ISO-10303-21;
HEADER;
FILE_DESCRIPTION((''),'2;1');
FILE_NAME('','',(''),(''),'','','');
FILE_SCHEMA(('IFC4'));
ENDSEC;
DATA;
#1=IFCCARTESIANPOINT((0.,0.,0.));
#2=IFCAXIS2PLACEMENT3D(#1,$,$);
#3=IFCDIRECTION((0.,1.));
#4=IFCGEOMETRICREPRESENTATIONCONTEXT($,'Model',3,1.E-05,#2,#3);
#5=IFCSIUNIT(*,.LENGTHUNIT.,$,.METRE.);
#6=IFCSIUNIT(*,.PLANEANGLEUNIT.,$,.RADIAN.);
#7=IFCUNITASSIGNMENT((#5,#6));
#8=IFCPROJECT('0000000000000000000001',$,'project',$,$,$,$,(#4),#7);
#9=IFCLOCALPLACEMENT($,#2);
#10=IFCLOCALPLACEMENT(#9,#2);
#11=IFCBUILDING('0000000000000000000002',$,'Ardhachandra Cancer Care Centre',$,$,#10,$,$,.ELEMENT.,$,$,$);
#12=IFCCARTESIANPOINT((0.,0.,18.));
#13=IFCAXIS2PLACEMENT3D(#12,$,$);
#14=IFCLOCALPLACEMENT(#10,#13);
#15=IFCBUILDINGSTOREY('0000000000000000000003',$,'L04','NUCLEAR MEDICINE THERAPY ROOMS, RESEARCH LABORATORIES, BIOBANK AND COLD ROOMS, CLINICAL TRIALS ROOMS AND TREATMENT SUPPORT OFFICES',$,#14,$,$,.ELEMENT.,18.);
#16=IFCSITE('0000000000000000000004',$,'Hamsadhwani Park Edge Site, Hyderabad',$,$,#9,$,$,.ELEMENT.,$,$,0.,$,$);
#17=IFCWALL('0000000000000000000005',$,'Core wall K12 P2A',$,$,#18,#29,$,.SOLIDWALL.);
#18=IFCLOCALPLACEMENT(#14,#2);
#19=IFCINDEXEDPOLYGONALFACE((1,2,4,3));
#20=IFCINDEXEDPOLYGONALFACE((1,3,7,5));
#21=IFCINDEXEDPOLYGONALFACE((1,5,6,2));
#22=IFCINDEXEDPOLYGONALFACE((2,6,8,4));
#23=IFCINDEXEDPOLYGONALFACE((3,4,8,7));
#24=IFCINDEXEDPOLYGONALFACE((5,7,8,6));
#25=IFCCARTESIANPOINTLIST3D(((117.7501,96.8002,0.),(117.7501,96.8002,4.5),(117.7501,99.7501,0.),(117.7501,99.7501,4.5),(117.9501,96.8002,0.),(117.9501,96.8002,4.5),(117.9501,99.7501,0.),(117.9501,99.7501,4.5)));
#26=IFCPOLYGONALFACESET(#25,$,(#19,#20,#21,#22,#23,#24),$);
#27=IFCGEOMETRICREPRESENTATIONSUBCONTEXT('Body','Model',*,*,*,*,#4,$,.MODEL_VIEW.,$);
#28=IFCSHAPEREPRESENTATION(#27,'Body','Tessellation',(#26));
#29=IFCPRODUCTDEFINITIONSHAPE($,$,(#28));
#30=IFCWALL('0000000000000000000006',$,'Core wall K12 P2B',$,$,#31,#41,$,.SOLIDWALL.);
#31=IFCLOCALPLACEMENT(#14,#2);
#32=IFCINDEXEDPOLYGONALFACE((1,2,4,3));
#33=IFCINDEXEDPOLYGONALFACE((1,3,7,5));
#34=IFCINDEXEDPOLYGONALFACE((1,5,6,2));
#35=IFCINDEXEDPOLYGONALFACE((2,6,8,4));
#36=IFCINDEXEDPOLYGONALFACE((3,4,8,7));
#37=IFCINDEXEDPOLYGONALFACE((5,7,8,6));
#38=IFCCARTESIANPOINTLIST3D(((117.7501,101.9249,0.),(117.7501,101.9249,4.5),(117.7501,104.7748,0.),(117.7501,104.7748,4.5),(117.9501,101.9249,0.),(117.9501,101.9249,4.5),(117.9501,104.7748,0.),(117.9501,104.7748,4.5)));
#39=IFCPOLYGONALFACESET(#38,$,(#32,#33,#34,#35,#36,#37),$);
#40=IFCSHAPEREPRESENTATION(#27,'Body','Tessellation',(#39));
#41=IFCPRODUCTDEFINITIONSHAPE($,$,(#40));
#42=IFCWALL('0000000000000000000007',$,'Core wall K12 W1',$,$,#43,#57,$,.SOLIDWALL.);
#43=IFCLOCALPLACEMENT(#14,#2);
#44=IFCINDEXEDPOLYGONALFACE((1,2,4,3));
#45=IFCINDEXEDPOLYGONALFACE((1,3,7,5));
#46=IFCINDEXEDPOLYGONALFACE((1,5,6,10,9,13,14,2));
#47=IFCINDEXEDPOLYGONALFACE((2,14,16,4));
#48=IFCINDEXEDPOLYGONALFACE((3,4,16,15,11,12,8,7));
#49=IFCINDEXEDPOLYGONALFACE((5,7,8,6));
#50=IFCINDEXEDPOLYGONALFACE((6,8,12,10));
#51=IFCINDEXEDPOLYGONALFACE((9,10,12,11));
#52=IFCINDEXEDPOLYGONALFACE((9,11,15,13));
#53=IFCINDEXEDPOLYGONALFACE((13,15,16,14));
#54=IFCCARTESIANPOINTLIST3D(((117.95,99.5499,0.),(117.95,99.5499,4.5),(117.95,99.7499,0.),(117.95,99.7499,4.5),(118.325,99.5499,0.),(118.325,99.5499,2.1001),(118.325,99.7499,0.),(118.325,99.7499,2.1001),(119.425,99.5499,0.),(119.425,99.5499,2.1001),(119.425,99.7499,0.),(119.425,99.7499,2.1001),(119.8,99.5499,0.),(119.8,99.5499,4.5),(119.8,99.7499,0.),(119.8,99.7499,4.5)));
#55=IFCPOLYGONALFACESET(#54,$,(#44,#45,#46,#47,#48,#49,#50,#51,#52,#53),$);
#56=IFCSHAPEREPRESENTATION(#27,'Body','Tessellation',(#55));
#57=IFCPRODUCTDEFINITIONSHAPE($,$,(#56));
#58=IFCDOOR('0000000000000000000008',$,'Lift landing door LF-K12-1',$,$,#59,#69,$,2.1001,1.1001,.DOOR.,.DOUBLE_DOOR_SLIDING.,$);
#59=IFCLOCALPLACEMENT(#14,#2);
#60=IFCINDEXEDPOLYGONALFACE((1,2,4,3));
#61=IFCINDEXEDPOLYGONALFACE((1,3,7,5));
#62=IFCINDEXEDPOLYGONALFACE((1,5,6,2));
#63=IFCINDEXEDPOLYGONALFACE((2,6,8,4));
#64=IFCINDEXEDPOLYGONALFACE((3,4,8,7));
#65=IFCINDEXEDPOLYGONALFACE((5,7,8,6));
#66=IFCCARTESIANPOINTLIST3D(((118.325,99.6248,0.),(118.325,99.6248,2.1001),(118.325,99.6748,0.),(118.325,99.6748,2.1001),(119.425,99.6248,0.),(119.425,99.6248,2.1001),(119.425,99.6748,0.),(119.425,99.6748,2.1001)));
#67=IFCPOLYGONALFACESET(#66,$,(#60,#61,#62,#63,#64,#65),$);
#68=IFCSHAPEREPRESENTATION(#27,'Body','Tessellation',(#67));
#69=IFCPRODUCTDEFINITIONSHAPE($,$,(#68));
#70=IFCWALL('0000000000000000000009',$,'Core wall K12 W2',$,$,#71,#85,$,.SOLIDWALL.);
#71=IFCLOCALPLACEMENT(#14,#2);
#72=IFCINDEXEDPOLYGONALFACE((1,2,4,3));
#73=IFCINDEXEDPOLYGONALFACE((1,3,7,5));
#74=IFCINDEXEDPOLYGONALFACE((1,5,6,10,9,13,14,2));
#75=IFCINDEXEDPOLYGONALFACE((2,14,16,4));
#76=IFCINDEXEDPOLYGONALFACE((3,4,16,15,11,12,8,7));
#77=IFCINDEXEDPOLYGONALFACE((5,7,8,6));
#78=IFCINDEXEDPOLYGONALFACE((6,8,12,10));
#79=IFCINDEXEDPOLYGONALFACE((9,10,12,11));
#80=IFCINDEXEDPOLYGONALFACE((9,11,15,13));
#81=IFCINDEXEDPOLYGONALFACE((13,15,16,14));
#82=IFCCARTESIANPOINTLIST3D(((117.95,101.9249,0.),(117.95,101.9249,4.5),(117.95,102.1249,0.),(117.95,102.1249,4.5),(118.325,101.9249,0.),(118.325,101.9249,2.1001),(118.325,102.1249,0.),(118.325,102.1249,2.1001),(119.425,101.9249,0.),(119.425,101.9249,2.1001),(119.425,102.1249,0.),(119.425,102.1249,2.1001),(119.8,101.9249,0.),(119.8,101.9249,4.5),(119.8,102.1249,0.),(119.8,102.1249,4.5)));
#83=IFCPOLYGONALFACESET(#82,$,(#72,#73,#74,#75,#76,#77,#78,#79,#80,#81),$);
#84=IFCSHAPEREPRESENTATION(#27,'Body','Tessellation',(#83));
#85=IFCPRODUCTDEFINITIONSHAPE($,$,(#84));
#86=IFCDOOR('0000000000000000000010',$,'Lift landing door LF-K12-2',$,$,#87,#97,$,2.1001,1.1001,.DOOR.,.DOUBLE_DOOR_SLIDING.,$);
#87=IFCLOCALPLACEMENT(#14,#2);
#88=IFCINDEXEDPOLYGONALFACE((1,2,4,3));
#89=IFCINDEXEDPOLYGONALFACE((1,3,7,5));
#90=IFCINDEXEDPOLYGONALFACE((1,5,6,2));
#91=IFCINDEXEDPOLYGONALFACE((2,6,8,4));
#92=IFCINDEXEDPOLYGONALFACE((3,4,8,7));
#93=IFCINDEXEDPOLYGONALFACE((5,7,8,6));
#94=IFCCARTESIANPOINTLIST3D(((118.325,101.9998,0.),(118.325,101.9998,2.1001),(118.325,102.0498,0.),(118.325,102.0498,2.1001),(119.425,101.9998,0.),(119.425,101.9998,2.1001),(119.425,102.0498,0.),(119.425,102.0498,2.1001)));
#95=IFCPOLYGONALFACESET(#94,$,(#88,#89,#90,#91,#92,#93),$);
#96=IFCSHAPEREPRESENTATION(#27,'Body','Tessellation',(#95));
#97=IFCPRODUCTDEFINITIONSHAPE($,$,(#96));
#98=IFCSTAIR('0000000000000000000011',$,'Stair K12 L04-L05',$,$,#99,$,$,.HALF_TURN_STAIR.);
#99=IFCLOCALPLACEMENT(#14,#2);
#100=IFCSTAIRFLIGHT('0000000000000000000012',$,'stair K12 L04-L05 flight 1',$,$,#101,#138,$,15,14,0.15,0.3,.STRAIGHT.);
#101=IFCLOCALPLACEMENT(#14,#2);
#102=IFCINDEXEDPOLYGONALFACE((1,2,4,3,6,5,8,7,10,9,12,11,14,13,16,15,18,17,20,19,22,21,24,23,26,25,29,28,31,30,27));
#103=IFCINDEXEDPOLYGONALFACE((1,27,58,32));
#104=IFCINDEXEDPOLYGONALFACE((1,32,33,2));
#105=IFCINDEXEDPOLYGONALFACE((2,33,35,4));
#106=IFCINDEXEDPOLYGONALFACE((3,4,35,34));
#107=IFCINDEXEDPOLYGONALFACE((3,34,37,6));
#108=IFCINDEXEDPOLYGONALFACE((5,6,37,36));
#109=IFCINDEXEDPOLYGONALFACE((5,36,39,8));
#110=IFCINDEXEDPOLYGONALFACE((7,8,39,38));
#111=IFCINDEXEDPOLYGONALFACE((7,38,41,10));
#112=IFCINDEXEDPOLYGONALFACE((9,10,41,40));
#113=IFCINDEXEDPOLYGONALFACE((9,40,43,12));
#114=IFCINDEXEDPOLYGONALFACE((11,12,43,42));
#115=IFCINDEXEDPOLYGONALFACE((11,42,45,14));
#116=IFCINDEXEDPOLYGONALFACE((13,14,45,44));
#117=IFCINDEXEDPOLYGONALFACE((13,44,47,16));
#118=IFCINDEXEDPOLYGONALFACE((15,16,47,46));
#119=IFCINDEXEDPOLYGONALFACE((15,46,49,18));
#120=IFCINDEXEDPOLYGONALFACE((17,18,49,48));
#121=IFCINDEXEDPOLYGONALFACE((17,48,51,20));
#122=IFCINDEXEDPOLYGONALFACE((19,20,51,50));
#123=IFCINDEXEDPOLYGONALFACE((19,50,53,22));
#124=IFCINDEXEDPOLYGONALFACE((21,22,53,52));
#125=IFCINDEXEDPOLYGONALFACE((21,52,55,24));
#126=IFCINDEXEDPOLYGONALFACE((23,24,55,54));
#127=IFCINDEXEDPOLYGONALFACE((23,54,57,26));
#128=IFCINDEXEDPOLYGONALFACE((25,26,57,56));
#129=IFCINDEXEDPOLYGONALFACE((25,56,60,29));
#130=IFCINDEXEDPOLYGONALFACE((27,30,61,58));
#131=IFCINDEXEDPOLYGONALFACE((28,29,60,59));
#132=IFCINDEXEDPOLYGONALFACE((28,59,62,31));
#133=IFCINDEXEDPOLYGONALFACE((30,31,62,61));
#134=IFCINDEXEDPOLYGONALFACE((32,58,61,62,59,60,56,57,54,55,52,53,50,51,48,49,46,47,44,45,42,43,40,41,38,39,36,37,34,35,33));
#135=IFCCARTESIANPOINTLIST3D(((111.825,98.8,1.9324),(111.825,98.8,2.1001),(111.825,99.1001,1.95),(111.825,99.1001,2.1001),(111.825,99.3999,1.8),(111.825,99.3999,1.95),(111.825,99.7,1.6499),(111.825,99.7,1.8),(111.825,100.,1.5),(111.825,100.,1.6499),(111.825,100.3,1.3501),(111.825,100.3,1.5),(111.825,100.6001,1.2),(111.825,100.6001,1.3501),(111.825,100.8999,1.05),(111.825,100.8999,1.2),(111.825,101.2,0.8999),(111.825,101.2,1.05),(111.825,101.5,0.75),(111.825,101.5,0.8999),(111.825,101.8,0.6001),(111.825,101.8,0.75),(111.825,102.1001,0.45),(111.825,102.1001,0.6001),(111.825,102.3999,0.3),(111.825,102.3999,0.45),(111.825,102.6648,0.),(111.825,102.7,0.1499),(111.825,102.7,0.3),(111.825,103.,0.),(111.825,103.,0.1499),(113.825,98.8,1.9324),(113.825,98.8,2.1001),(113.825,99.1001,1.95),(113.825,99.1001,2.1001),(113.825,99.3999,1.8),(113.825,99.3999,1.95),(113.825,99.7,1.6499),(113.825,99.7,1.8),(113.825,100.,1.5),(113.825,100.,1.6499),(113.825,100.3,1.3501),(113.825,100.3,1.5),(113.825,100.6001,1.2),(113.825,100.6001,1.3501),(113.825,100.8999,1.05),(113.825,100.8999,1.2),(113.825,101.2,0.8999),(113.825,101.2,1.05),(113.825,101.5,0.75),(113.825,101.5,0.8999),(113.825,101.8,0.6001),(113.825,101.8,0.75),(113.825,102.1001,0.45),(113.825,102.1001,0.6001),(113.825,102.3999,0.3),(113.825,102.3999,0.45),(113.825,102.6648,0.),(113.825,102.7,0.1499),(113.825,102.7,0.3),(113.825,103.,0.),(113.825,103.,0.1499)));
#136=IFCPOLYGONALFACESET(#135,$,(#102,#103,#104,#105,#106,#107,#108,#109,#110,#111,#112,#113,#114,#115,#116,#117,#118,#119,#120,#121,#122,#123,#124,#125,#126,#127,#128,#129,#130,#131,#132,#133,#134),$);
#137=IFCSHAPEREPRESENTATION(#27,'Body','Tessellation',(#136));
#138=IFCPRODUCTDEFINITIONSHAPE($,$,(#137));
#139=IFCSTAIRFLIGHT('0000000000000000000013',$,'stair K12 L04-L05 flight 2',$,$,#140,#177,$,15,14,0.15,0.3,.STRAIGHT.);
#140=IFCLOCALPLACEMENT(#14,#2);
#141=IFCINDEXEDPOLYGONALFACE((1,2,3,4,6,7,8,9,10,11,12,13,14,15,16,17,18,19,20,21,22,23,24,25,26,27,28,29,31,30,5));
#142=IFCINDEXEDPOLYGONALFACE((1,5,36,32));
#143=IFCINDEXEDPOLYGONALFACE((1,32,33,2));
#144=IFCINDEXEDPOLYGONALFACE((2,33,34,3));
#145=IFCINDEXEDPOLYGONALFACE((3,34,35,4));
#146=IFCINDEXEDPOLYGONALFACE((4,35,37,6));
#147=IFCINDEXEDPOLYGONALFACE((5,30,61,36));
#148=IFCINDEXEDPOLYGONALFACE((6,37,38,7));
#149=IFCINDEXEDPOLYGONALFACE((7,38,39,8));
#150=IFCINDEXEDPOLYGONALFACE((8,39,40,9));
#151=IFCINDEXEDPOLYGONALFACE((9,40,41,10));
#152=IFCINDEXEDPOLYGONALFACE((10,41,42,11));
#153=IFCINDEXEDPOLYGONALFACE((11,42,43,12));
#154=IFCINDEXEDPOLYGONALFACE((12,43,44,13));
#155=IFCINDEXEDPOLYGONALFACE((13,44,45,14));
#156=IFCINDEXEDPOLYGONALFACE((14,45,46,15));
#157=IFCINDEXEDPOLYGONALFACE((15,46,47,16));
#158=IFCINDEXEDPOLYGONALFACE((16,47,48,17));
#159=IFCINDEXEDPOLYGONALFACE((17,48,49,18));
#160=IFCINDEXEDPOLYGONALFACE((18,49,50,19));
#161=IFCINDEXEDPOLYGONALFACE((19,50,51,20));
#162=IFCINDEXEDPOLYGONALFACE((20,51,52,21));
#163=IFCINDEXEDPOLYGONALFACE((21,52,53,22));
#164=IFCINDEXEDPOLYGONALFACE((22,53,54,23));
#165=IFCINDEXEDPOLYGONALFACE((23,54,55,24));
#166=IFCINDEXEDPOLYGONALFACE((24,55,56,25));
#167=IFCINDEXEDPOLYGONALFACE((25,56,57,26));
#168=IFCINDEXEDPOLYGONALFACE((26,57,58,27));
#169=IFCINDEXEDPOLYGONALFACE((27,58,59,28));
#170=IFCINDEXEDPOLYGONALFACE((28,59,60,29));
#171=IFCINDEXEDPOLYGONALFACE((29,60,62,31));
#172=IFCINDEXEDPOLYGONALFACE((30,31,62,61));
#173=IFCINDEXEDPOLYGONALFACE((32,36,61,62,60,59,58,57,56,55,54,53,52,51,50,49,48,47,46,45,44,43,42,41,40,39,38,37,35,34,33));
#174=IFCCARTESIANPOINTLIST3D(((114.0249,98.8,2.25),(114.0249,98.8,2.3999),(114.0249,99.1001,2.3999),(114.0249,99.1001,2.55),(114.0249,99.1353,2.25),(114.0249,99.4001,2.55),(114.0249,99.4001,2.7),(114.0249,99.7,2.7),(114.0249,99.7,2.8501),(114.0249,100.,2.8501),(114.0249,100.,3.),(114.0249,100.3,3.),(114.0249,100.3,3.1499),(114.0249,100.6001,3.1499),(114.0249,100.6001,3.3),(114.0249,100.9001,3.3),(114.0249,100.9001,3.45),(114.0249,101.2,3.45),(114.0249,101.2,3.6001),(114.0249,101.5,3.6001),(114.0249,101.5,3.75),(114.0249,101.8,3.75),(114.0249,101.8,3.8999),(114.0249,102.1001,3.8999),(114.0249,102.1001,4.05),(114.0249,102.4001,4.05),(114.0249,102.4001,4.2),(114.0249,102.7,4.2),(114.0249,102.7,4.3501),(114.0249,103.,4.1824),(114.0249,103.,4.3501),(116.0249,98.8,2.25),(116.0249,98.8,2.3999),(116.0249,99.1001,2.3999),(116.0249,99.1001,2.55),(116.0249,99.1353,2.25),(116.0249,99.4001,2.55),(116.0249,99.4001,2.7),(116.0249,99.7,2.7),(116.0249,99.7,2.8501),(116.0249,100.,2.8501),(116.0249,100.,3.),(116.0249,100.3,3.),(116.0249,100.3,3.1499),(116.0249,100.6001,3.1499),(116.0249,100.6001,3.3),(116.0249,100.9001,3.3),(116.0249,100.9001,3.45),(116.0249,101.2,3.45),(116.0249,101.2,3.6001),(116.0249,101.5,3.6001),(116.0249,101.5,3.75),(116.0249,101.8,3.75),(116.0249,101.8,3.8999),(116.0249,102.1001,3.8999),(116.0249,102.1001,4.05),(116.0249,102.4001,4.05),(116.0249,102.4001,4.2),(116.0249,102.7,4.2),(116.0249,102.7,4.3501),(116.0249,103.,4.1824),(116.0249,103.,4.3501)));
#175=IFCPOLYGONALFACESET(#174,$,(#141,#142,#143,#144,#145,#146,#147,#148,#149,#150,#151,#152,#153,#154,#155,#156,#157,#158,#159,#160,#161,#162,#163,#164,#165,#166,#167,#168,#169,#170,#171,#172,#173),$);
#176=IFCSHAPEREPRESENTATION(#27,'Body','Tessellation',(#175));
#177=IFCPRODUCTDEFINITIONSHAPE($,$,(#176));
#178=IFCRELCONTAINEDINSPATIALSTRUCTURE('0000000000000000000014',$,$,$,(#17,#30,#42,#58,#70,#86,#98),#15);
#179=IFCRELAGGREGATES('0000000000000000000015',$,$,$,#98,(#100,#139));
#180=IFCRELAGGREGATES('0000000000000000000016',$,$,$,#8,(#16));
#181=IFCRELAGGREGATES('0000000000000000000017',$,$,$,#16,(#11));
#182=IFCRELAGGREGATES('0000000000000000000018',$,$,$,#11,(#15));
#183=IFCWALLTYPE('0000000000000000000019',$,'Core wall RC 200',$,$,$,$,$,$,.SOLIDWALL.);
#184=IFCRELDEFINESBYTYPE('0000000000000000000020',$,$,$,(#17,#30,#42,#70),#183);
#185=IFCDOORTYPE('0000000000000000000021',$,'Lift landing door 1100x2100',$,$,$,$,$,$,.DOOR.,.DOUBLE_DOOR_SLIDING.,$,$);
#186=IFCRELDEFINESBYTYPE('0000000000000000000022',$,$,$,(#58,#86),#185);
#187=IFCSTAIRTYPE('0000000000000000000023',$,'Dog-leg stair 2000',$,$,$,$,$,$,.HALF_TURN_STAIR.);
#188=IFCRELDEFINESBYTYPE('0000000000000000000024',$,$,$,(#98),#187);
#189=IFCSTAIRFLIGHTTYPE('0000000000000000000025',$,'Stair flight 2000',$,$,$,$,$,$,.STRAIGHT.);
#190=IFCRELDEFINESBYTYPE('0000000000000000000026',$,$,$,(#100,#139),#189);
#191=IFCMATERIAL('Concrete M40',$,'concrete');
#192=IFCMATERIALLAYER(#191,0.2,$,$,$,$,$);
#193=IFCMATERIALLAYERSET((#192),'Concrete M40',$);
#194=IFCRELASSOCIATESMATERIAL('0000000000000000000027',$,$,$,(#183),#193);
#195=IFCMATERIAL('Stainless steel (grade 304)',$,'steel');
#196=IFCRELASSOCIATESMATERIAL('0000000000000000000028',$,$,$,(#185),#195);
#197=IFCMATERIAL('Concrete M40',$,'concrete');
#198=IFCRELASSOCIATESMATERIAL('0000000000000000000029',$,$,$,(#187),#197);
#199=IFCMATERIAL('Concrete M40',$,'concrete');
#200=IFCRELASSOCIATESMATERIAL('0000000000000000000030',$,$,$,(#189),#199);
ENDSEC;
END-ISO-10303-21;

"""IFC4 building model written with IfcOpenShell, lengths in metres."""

from ifc_helpers import new_model, si_unit, direction, frame, frame_2d, origin, place, context, subcontext, project, spatial, polyline, rectangle, outline, extrude, material, layer, layer_set, type_object, element, fill, aggregate, save


model = new_model("IFC4")

# Units and contexts
model_context = context("Model", 3, precision=1e-05, world=origin(), true_north=direction((0.0, 1.0)))
body_context = subcontext(model_context, "Body", "Model", "MODEL_VIEW")
ifc_project = project(units=[si_unit("LENGTHUNIT", "METRE"), si_unit("PLANEANGLEUNIT", "RADIAN")], contexts=[model_context])

# Site, building, storey
site_placement = place(None, origin())
site = spatial("IfcSite", under=ifc_project, at=site_placement, Name="Hamsadhwani Park Edge Site, Hyderabad", CompositionType="ELEMENT", RefElevation=0.0)
building_placement = place(site_placement, origin())
building = spatial("IfcBuilding", under=site, at=building_placement, Name="Ardhachandra Cancer Care Centre", CompositionType="ELEMENT")
storey_placement = place(building_placement, frame((0.0, 0.0, 18.0)))
storey = spatial("IfcBuildingStorey", under=building, at=storey_placement, Name="L04", Description="NUCLEAR MEDICINE THERAPY ROOMS, RESEARCH LABORATORIES, BIOBANK AND COLD ROOMS, CLINICAL TRIALS ROOMS AND TREATMENT SUPPORT OFFICES", CompositionType="ELEMENT", Elevation=18.0)

# Shared definitions
ifc_material_1 = material(Name="Concrete M40", Category="concrete")
ifc_layer_1 = layer(ifc_material_1, 0.2)
ifc_layer_set_1 = layer_set([ifc_layer_1], Name="Concrete M40")
wall_type = type_object("IfcWallType", Name="Core wall RC 200", PredefinedType="SOLIDWALL", material=ifc_layer_set_1)

# Walls
wall_1_placement = place(storey_placement, frame((117.8501, 96.8, 0.0), z_axis=(0.0, 0.0, 1.0), x_axis=(0.0, 1.0, 0.0)))
element("IfcWall", 1, at=wall_1_placement, inside=storey, type_object=wall_type, Name="Core wall K12 P2A", PredefinedType="SOLIDWALL", context=body_context, shape_type="SweptSolid", body=[
    extrude(rectangle(XDim=2.95, YDim=0.2, at=frame_2d((1.4751, 0.0))), origin(), (0.0, 0.0, 1.0), 4.5),
])
wall_2_placement = place(storey_placement, frame((117.8501, 101.925, 0.0), z_axis=(0.0, 0.0, 1.0), x_axis=(0.0, 1.0, 0.0)))
element("IfcWall", 2, at=wall_2_placement, inside=storey, type_object=wall_type, Name="Core wall K12 P2B", PredefinedType="SOLIDWALL", context=body_context, shape_type="SweptSolid", body=[
    extrude(rectangle(XDim=2.8499, YDim=0.2, at=frame_2d((1.4248, 0.0))), origin(), (0.0, 0.0, 1.0), 4.5),
])

# Walls, openings, doors
wall_3_placement = place(storey_placement, frame((117.95, 99.6499, 0.0), z_axis=(0.0, 0.0, 1.0), x_axis=(1.0, 0.0, 0.0)))
wall_3 = element("IfcWall", 3, at=wall_3_placement, inside=storey, type_object=wall_type, Name="Core wall K12 W1", PredefinedType="SOLIDWALL", context=body_context, shape_type="SweptSolid", body=[
    extrude(rectangle(XDim=1.8501, YDim=0.2, at=frame_2d((0.925, 0.0))), origin(), (0.0, 0.0, 1.0), 4.5),
])
opening_1_placement = place(wall_3_placement, frame((0.375, 0.0, 0.0)))
opening_1 = element("IfcOpeningElement", 4, at=opening_1_placement, cuts=wall_3, PredefinedType="OPENING", context=body_context, shape_type="SweptSolid", body=[
    extrude(rectangle(XDim=1.1001, YDim=2.1001, at=frame_2d((0.55, 1.05))), frame((0.0, 0.1099, 0.0), z_axis=(0.0, -1.0, 0.0), x_axis=(1.0, 0.0, 0.0)), (0.0, 0.0, 1.0), 0.22),
])
ifc_material_2 = material(Name="Stainless steel (grade 304)", Category="steel")
door_type_1 = type_object("IfcDoorType", Name="Lift landing door 1100x2100", OperationType="DOUBLE_DOOR_SLIDING", PredefinedType="DOOR", material=ifc_material_2)
door_1_placement = place(opening_1_placement, origin())
door_1 = element("IfcDoor", 5, at=door_1_placement, inside=storey, type_object=door_type_1, Name="Lift landing door LF-K12-1", OperationType="DOUBLE_DOOR_SLIDING", OverallHeight=2.1001, OverallWidth=1.1001, PredefinedType="DOOR", context=body_context, shape_type="SweptSolid", body=[
    extrude(rectangle(XDim=1.1001, YDim=2.1001, at=frame_2d((0.55, 1.05))), frame((0.0, 0.0249, 0.0), z_axis=(0.0, -1.0, 0.0), x_axis=(1.0, 0.0, 0.0)), (0.0, 0.0, 1.0), 0.05),
])
fill(opening_1, door_1)
wall_4_placement = place(storey_placement, frame((117.95, 102.0249, 0.0), z_axis=(0.0, 0.0, 1.0), x_axis=(1.0, 0.0, 0.0)))
wall_4 = element("IfcWall", 6, at=wall_4_placement, inside=storey, type_object=wall_type, Name="Core wall K12 W2", PredefinedType="SOLIDWALL", context=body_context, shape_type="SweptSolid", body=[
    extrude(rectangle(XDim=1.8501, YDim=0.2, at=frame_2d((0.925, 0.0))), origin(), (0.0, 0.0, 1.0), 4.5),
])
opening_2_placement = place(wall_4_placement, frame((0.375, 0.0, 0.0)))
opening_2 = element("IfcOpeningElement", 7, at=opening_2_placement, cuts=wall_4, PredefinedType="OPENING", context=body_context, shape_type="SweptSolid", body=[
    extrude(rectangle(XDim=1.1001, YDim=2.1001, at=frame_2d((0.55, 1.05))), frame((0.0, 0.1099, 0.0), z_axis=(0.0, -1.0, 0.0), x_axis=(1.0, 0.0, 0.0)), (0.0, 0.0, 1.0), 0.22),
])
door_2_placement = place(opening_2_placement, origin())
door_2 = element("IfcDoor", 8, at=door_2_placement, inside=storey, type_object=door_type_1, Name="Lift landing door LF-K12-2", OperationType="DOUBLE_DOOR_SLIDING", OverallHeight=2.1001, OverallWidth=1.1001, PredefinedType="DOOR", context=body_context, shape_type="SweptSolid", body=[
    extrude(rectangle(XDim=1.1001, YDim=2.1001, at=frame_2d((0.55, 1.05))), frame((0.0, 0.0249, 0.0), z_axis=(0.0, -1.0, 0.0), x_axis=(1.0, 0.0, 0.0)), (0.0, 0.0, 1.0), 0.05),
])
fill(opening_2, door_2)

# Stair, stair flights
ifc_material_3 = material(Name="Concrete M40", Category="concrete")
stair_type = type_object("IfcStairType", Name="Dog-leg stair 2000", PredefinedType="HALF_TURN_STAIR", material=ifc_material_3)
stair_placement = place(storey_placement, origin())
stair = element("IfcStair", 9, at=stair_placement, inside=storey, type_object=stair_type, Name="Stair K12 L04-L05", PredefinedType="HALF_TURN_STAIR")
ifc_material_4 = material(Name="Concrete M40", Category="concrete")
stair_flight_type = type_object("IfcStairFlightType", Name="Stair flight 2000", PredefinedType="STRAIGHT", material=ifc_material_4)
stair_flight_1_placement = place(storey_placement, frame((112.825, 103.0, 0.0), z_axis=(0.0, 0.0, 1.0), x_axis=(0.0, -1.0, 0.0)))
stair_flight_1 = element("IfcStairFlight", 10, at=stair_flight_1_placement, type_object=stair_flight_type, Name="stair K12 L04-L05 flight 1", NumberOfRisers=15, NumberOfTreads=14, PredefinedType="STRAIGHT", RiserHeight=0.15, TreadLength=0.3, context=body_context, shape_type="SweptSolid", body=[
    extrude(outline(polyline([(0.0, 0.0), (0.0, 0.1499), (0.3, 0.1499), (0.3, 0.3), (0.6001, 0.3), (0.6001, 0.45), (0.8999, 0.45), (0.8999, 0.6001), (1.2, 0.6001), (1.2, 0.75), (1.5, 0.75), (1.5, 0.8999), (1.8, 0.8999), (1.8, 1.05), (2.1001, 1.05), (2.1001, 1.2), (2.3999, 1.2), (2.3999, 1.3501), (2.7, 1.3501), (2.7, 1.5), (3.0, 1.5), (3.0, 1.6499), (3.3, 1.6499), (3.3, 1.8), (3.6001, 1.8), (3.6001, 1.95), (3.8999, 1.95), (3.8999, 2.1001), (4.2, 2.1001), (4.2, 2.25), (4.2, 1.9324), (0.3352, 0.0), (0.0, 0.0)])), frame((0.0, 1.0, 0.0), z_axis=(0.0, -1.0, 0.0), x_axis=(1.0, 0.0, 0.0)), (0.0, 0.0, 1.0), 2.0),
])
stair_flight_2_placement = place(storey_placement, frame((115.0249, 98.8, 2.25), z_axis=(0.0, 0.0, 1.0), x_axis=(0.0, 1.0, 0.0)))
stair_flight_2 = element("IfcStairFlight", 11, at=stair_flight_2_placement, type_object=stair_flight_type, Name="stair K12 L04-L05 flight 2", NumberOfRisers=15, NumberOfTreads=14, PredefinedType="STRAIGHT", RiserHeight=0.15, TreadLength=0.3, context=body_context, shape_type="SweptSolid", body=[
    extrude(outline(polyline([(0.0, 0.0), (0.0, 0.1499), (0.3, 0.1499), (0.3, 0.3), (0.6001, 0.3), (0.6001, 0.45), (0.8999, 0.45), (0.8999, 0.6001), (1.2, 0.6001), (1.2, 0.75), (1.5, 0.75), (1.5, 0.8999), (1.8, 0.8999), (1.8, 1.05), (2.1001, 1.05), (2.1001, 1.2), (2.3999, 1.2), (2.3999, 1.3501), (2.7, 1.3501), (2.7, 1.5), (3.0, 1.5), (3.0, 1.6499), (3.3, 1.6499), (3.3, 1.8), (3.6001, 1.8), (3.6001, 1.95), (3.8999, 1.95), (3.8999, 2.1001), (4.2, 2.1001), (4.2, 2.25), (4.2, 1.9324), (0.3352, 0.0), (0.0, 0.0)])), frame((0.0, 1.0, 0.0), z_axis=(0.0, -1.0, 0.0), x_axis=(1.0, 0.0, 0.0)), (0.0, 0.0, 1.0), 2.0),
])
aggregate(stair, [stair_flight_1, stair_flight_2])

save(model, "model.ifc")
